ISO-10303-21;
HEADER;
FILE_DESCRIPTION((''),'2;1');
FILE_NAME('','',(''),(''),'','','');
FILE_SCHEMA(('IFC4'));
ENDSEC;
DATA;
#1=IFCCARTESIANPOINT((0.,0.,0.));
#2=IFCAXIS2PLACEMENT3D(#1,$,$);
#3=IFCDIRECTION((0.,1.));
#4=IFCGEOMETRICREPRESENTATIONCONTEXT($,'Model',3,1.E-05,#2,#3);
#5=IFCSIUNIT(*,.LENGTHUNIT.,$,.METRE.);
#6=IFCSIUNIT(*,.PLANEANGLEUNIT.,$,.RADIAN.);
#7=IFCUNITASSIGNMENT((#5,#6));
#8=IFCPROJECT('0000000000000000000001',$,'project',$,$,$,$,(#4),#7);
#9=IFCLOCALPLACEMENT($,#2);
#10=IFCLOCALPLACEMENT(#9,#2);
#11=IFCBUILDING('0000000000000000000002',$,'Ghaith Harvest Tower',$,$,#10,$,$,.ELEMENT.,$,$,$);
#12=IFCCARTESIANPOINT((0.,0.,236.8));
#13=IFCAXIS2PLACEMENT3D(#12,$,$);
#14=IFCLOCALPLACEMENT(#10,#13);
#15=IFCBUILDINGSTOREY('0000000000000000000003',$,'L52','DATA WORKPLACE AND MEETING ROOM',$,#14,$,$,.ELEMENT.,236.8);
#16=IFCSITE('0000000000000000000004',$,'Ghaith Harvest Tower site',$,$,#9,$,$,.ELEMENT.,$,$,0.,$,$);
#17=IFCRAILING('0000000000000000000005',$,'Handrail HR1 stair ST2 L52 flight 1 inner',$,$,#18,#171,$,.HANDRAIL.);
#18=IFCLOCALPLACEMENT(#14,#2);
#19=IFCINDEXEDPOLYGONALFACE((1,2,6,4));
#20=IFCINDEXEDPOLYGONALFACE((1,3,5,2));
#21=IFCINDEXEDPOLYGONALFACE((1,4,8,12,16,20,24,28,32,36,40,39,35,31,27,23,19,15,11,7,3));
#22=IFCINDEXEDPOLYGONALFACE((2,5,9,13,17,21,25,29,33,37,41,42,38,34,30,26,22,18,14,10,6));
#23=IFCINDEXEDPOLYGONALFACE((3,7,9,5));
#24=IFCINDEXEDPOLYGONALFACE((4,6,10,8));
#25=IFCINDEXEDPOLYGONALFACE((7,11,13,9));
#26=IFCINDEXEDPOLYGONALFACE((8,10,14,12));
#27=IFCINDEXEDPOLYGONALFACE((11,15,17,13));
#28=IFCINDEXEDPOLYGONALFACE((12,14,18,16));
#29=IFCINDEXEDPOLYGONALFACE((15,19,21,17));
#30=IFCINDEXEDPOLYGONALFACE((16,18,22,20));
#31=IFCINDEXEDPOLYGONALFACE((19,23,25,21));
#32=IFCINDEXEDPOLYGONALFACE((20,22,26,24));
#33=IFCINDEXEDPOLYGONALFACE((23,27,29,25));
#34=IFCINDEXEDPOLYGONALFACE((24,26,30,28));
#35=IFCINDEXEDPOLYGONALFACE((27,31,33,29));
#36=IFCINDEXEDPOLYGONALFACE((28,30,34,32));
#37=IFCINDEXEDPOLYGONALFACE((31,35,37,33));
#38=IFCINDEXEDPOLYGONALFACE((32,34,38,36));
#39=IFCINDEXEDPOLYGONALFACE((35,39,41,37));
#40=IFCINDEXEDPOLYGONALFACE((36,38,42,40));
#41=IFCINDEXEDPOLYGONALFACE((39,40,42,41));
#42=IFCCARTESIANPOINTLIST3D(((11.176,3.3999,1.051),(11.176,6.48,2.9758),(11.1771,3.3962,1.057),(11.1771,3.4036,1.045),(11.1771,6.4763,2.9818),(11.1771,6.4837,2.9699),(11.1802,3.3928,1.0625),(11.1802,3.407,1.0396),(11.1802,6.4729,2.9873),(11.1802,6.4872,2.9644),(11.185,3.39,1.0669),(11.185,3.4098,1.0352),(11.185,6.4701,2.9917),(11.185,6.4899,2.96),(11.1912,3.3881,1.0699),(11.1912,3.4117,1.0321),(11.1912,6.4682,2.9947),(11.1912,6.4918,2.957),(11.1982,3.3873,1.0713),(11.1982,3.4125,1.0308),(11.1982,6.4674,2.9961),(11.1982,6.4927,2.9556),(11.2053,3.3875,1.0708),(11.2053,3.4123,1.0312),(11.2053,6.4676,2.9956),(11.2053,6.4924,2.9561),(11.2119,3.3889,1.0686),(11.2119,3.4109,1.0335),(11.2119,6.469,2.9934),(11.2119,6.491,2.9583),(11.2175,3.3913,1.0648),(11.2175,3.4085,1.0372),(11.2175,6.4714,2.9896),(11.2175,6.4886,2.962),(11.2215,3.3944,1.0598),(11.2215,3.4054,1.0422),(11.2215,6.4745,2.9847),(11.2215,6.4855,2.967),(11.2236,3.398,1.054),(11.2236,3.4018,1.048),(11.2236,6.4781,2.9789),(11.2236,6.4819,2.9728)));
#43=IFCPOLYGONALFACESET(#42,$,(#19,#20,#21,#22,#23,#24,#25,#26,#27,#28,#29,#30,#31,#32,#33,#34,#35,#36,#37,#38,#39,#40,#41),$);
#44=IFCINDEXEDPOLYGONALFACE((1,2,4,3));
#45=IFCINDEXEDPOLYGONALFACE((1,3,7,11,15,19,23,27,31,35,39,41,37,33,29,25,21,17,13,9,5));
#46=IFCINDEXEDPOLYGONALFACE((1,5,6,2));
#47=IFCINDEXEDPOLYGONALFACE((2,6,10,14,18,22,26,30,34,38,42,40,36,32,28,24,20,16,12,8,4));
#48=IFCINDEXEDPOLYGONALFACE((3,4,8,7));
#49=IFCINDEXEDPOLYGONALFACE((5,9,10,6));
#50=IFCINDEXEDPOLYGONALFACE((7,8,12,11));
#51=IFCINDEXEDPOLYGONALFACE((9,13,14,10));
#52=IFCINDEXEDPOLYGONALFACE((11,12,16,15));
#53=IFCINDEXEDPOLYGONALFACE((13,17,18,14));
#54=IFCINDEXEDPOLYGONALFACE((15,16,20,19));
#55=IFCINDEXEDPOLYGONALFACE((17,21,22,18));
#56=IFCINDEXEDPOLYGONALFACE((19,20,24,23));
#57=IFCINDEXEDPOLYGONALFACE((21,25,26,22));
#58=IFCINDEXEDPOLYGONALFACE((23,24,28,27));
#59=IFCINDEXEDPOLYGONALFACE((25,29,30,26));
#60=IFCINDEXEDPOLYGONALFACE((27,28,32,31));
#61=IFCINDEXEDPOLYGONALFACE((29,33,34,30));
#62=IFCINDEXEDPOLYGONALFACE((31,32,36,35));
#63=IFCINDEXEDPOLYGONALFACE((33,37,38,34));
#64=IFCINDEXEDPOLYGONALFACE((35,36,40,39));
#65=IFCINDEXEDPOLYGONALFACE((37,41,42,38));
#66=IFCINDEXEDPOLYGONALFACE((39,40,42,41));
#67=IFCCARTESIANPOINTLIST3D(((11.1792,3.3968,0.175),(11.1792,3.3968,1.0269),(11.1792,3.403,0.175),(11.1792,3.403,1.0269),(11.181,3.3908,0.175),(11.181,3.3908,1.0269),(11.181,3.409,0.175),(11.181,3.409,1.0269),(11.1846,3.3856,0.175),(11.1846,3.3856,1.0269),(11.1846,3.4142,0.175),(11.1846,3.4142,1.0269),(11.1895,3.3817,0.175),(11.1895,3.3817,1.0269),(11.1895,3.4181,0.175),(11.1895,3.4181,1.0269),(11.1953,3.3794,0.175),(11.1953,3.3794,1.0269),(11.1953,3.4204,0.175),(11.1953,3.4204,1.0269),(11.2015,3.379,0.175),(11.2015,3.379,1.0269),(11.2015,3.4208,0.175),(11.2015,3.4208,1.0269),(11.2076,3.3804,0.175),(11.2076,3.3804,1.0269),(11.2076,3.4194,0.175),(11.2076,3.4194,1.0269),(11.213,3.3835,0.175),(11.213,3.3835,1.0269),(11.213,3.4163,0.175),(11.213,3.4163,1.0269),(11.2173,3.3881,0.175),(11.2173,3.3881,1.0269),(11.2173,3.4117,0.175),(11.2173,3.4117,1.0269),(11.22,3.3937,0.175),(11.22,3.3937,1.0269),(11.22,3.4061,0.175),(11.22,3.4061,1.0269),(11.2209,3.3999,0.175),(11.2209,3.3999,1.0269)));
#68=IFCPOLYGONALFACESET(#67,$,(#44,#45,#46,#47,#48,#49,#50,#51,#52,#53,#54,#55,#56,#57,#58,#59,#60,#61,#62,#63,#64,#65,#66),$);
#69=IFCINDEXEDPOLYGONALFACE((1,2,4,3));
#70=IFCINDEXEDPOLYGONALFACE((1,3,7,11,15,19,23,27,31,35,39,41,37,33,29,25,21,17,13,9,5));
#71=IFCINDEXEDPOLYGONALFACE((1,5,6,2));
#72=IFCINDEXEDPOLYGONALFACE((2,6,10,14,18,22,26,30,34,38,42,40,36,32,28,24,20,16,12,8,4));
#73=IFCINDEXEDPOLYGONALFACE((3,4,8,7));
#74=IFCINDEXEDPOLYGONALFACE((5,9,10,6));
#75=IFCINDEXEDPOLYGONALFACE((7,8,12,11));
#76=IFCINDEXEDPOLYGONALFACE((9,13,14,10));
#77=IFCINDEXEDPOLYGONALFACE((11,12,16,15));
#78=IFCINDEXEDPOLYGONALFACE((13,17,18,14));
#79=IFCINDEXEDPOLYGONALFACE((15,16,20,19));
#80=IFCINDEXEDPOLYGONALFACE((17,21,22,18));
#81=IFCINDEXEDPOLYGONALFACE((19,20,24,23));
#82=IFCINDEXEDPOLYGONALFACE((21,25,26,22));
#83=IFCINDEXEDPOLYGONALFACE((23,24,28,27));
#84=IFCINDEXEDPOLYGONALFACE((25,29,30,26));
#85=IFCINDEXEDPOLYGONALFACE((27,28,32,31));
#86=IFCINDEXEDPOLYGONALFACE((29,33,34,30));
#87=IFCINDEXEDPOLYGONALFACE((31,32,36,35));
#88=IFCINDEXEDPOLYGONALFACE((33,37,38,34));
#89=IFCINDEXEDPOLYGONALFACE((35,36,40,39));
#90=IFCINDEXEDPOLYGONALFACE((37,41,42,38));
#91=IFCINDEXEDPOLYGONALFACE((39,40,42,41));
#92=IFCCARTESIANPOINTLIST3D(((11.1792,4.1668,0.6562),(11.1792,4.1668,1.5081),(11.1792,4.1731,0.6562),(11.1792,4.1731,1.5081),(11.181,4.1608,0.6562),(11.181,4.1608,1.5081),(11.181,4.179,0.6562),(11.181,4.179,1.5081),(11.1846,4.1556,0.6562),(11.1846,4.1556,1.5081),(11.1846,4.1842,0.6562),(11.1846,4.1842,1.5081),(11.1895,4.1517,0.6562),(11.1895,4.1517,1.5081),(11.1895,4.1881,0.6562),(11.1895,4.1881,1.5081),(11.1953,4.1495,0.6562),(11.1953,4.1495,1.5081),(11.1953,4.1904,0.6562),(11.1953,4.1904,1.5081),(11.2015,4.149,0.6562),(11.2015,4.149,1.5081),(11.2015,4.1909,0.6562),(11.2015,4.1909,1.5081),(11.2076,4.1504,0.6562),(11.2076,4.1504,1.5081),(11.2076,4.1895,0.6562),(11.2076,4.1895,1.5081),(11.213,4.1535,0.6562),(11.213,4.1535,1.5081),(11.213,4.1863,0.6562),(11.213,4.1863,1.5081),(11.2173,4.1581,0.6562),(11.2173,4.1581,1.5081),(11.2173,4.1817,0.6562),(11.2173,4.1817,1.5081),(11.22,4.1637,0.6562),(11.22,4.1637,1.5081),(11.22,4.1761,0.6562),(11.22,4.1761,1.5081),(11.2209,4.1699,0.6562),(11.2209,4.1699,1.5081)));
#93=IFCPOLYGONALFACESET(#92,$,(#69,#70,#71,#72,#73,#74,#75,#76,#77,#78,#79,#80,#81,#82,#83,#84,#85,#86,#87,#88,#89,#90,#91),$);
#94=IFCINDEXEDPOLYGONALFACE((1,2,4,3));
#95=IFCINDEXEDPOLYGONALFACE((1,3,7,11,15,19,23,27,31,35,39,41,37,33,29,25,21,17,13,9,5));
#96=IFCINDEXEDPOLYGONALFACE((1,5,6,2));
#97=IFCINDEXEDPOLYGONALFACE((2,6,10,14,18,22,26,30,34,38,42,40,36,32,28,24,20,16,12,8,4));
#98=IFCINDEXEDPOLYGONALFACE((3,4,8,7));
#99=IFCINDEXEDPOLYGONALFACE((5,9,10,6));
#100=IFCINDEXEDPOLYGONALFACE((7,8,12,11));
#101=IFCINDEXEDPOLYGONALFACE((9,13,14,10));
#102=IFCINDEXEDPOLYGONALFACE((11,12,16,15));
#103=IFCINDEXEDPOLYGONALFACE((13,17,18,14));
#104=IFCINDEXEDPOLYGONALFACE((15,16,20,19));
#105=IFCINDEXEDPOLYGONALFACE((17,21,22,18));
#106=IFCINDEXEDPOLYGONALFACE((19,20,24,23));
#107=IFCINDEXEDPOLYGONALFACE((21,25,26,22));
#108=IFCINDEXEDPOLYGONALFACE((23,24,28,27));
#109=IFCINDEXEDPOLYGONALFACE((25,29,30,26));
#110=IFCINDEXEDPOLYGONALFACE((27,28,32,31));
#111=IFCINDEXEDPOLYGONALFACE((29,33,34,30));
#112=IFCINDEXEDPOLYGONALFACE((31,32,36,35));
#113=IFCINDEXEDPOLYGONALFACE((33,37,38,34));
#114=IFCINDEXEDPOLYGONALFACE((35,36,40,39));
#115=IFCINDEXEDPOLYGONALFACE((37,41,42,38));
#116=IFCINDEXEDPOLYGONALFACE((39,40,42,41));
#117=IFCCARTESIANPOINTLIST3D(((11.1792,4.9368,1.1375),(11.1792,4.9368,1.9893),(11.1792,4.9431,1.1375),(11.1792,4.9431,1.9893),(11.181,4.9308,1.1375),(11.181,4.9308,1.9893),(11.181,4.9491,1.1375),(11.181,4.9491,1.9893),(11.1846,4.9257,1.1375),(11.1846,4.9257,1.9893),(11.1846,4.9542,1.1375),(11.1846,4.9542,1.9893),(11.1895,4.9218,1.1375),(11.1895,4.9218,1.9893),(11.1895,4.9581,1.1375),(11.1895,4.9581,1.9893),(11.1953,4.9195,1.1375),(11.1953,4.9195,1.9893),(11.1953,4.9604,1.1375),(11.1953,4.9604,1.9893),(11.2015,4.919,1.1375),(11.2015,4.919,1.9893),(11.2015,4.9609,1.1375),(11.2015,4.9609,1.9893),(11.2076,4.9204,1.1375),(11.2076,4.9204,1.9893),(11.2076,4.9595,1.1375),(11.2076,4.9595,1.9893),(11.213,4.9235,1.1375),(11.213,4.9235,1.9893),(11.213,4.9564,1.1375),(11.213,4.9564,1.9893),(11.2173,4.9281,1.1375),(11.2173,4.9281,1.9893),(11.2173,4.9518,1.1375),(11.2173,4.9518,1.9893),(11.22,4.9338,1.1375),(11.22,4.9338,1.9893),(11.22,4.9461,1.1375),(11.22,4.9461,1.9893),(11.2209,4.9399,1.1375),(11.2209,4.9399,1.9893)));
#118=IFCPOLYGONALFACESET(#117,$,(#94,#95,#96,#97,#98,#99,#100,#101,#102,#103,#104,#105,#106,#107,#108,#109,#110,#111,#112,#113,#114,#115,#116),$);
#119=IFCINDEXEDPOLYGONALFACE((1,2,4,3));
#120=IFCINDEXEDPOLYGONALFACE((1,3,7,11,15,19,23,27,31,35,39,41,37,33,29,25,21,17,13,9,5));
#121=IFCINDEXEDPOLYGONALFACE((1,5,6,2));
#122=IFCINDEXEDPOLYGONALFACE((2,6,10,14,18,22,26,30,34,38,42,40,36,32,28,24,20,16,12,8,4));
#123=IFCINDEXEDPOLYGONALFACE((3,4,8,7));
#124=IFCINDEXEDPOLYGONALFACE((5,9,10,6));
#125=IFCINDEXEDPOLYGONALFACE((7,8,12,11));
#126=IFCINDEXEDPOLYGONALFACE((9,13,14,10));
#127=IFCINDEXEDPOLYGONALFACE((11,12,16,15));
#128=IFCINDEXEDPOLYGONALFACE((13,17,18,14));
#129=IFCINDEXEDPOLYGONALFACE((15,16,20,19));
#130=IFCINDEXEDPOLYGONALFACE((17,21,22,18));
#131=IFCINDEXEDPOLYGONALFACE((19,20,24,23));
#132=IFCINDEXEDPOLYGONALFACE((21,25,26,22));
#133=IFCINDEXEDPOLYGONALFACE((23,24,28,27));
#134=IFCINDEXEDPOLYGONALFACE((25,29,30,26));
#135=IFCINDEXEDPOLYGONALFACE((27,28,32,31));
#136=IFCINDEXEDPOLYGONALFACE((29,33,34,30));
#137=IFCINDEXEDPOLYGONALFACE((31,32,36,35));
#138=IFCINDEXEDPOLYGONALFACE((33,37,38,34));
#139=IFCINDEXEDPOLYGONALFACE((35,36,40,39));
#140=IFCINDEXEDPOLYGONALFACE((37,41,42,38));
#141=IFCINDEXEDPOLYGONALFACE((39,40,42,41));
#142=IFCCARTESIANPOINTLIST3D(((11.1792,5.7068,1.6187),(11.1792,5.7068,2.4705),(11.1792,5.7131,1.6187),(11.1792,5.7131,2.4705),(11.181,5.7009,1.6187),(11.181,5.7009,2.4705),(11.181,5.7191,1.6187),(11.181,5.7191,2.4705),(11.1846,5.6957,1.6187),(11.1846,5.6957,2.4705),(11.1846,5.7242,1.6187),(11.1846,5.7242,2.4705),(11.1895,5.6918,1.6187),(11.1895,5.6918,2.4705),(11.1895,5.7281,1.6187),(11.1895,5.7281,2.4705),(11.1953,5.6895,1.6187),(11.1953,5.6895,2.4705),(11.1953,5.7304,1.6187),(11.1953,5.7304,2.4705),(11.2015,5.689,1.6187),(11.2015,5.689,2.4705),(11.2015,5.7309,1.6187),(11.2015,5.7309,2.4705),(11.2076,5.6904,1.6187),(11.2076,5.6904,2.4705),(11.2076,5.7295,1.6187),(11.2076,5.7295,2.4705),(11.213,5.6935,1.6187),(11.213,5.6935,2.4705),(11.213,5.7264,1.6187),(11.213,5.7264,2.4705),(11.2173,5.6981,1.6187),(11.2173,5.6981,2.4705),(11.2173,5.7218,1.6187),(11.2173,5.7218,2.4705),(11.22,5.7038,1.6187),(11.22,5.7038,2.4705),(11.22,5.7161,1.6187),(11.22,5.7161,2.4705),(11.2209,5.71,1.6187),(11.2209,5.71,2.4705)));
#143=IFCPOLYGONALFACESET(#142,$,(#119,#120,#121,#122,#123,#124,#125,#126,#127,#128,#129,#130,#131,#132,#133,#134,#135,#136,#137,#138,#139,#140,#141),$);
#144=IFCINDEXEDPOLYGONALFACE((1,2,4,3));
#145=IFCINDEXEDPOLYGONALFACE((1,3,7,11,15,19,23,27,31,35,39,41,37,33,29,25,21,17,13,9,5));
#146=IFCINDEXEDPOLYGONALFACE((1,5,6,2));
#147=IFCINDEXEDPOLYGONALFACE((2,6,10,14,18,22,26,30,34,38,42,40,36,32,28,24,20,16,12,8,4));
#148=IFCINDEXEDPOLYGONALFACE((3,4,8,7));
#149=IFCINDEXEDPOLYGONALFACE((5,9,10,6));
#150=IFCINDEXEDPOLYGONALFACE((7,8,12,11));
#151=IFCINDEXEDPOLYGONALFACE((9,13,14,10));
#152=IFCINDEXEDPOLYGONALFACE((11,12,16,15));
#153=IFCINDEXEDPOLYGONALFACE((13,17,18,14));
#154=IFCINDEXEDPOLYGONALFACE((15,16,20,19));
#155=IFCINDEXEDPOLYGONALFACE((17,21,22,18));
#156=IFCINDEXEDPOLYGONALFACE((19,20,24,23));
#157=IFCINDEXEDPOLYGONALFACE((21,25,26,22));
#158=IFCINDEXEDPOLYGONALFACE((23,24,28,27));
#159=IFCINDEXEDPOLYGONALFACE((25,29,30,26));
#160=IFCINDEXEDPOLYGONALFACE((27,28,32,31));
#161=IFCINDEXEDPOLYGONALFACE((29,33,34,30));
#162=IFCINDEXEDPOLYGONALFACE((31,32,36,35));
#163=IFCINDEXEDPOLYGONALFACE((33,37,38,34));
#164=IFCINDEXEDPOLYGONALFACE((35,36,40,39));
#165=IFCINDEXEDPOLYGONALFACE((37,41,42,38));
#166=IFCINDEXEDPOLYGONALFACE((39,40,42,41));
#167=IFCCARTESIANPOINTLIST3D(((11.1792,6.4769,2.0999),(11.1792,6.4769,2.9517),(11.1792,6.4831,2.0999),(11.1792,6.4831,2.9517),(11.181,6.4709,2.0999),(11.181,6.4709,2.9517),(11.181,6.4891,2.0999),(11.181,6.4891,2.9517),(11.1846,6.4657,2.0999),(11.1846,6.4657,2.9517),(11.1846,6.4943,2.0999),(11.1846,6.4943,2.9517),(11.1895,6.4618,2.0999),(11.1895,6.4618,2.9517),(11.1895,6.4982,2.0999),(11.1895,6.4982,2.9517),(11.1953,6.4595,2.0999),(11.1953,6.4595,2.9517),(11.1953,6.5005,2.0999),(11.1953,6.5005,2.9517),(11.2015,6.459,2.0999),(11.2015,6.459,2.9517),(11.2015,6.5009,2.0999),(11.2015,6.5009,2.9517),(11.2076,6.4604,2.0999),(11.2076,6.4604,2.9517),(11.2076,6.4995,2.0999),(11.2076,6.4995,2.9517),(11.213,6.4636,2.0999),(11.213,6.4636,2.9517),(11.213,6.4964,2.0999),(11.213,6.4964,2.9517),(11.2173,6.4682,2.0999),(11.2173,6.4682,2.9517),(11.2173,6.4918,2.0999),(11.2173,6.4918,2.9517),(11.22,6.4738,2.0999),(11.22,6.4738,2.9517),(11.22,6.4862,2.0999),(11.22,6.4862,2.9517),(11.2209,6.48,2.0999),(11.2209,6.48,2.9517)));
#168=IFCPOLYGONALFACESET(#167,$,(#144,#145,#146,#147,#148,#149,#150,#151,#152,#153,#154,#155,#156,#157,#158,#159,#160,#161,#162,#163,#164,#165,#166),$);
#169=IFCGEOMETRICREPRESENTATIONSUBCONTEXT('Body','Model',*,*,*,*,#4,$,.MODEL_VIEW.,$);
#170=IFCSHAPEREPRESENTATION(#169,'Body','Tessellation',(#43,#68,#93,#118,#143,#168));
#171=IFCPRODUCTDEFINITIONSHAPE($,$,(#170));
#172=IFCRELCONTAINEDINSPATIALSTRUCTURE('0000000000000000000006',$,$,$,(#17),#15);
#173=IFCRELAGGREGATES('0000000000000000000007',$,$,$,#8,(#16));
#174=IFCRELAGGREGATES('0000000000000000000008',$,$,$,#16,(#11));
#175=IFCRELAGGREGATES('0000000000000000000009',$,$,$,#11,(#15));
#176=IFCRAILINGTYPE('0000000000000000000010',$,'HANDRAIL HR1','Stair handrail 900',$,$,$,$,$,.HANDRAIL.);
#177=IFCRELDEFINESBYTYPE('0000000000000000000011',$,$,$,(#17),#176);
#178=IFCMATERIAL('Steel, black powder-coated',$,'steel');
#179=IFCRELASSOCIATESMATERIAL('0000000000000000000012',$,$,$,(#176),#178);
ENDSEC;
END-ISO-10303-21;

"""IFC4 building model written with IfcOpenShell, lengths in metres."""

from ifc_helpers import new_model, si_unit, direction, frame, origin, origin_2d, place, context, subcontext, project, spatial, circle, extrude, material, type_object, element, save


model = new_model("IFC4")

# Units and contexts
model_context = context("Model", 3, precision=1e-05, world=origin(), true_north=direction((0.0, 1.0)))
body_context = subcontext(model_context, "Body", "Model", "MODEL_VIEW")
ifc_project = project(units=[si_unit("LENGTHUNIT", "METRE"), si_unit("PLANEANGLEUNIT", "RADIAN")], contexts=[model_context])

# Site, building, storey
site_placement = place(None, origin())
site = spatial("IfcSite", under=ifc_project, at=site_placement, Name="Ghaith Harvest Tower site", CompositionType="ELEMENT", RefElevation=0.0)
building_placement = place(site_placement, origin())
building = spatial("IfcBuilding", under=site, at=building_placement, Name="Ghaith Harvest Tower", CompositionType="ELEMENT")
storey_placement = place(building_placement, frame((0.0, 0.0, 236.8)))
storey = spatial("IfcBuildingStorey", under=building, at=storey_placement, Name="L52", Description="DATA WORKPLACE AND MEETING ROOM", CompositionType="ELEMENT", Elevation=236.8)

# Railing
ifc_material_1 = material(Name="Steel, black powder-coated", Category="steel")
railing_type = type_object("IfcRailingType", Name="HANDRAIL HR1", Description="Stair handrail 900", PredefinedType="HANDRAIL", material=ifc_material_1)
railing_1_placement = place(storey_placement, frame((11.2, 3.3999, 0.175)))
element("IfcRailing", 1, at=railing_1_placement, inside=storey, type_object=railing_type, Name="Handrail HR1 stair ST2 L52 flight 1 inner", PredefinedType="HANDRAIL", context=body_context, shape_type="SweptSolid", body=[
    extrude(circle(Radius=0.0239, at=origin_2d()), frame((0.0, 0.0, 0.876), z_axis=(0.0, 0.848029, 0.529951), x_axis=(-1.0, 0.0, 0.0)), (0.0, 0.0, 1.0), 3.6321),
    extrude(circle(Radius=0.021, at=origin_2d()), origin(), (0.0, 0.0, 1.0), 0.8518),
    extrude(circle(Radius=0.021, at=origin_2d()), frame((0.0, 0.77, 0.4812)), (0.0, 0.0, 1.0), 0.8518),
    extrude(circle(Radius=0.021, at=origin_2d()), frame((0.0, 1.54, 0.9624)), (0.0, 0.0, 1.0), 0.8518),
    extrude(circle(Radius=0.021, at=origin_2d()), frame((0.0, 2.3101, 1.4436)), (0.0, 0.0, 1.0), 0.8518),
    extrude(circle(Radius=0.021, at=origin_2d()), frame((0.0, 3.0801, 1.9248)), (0.0, 0.0, 1.0), 0.8518),
])

save(model, "model.ifc")
